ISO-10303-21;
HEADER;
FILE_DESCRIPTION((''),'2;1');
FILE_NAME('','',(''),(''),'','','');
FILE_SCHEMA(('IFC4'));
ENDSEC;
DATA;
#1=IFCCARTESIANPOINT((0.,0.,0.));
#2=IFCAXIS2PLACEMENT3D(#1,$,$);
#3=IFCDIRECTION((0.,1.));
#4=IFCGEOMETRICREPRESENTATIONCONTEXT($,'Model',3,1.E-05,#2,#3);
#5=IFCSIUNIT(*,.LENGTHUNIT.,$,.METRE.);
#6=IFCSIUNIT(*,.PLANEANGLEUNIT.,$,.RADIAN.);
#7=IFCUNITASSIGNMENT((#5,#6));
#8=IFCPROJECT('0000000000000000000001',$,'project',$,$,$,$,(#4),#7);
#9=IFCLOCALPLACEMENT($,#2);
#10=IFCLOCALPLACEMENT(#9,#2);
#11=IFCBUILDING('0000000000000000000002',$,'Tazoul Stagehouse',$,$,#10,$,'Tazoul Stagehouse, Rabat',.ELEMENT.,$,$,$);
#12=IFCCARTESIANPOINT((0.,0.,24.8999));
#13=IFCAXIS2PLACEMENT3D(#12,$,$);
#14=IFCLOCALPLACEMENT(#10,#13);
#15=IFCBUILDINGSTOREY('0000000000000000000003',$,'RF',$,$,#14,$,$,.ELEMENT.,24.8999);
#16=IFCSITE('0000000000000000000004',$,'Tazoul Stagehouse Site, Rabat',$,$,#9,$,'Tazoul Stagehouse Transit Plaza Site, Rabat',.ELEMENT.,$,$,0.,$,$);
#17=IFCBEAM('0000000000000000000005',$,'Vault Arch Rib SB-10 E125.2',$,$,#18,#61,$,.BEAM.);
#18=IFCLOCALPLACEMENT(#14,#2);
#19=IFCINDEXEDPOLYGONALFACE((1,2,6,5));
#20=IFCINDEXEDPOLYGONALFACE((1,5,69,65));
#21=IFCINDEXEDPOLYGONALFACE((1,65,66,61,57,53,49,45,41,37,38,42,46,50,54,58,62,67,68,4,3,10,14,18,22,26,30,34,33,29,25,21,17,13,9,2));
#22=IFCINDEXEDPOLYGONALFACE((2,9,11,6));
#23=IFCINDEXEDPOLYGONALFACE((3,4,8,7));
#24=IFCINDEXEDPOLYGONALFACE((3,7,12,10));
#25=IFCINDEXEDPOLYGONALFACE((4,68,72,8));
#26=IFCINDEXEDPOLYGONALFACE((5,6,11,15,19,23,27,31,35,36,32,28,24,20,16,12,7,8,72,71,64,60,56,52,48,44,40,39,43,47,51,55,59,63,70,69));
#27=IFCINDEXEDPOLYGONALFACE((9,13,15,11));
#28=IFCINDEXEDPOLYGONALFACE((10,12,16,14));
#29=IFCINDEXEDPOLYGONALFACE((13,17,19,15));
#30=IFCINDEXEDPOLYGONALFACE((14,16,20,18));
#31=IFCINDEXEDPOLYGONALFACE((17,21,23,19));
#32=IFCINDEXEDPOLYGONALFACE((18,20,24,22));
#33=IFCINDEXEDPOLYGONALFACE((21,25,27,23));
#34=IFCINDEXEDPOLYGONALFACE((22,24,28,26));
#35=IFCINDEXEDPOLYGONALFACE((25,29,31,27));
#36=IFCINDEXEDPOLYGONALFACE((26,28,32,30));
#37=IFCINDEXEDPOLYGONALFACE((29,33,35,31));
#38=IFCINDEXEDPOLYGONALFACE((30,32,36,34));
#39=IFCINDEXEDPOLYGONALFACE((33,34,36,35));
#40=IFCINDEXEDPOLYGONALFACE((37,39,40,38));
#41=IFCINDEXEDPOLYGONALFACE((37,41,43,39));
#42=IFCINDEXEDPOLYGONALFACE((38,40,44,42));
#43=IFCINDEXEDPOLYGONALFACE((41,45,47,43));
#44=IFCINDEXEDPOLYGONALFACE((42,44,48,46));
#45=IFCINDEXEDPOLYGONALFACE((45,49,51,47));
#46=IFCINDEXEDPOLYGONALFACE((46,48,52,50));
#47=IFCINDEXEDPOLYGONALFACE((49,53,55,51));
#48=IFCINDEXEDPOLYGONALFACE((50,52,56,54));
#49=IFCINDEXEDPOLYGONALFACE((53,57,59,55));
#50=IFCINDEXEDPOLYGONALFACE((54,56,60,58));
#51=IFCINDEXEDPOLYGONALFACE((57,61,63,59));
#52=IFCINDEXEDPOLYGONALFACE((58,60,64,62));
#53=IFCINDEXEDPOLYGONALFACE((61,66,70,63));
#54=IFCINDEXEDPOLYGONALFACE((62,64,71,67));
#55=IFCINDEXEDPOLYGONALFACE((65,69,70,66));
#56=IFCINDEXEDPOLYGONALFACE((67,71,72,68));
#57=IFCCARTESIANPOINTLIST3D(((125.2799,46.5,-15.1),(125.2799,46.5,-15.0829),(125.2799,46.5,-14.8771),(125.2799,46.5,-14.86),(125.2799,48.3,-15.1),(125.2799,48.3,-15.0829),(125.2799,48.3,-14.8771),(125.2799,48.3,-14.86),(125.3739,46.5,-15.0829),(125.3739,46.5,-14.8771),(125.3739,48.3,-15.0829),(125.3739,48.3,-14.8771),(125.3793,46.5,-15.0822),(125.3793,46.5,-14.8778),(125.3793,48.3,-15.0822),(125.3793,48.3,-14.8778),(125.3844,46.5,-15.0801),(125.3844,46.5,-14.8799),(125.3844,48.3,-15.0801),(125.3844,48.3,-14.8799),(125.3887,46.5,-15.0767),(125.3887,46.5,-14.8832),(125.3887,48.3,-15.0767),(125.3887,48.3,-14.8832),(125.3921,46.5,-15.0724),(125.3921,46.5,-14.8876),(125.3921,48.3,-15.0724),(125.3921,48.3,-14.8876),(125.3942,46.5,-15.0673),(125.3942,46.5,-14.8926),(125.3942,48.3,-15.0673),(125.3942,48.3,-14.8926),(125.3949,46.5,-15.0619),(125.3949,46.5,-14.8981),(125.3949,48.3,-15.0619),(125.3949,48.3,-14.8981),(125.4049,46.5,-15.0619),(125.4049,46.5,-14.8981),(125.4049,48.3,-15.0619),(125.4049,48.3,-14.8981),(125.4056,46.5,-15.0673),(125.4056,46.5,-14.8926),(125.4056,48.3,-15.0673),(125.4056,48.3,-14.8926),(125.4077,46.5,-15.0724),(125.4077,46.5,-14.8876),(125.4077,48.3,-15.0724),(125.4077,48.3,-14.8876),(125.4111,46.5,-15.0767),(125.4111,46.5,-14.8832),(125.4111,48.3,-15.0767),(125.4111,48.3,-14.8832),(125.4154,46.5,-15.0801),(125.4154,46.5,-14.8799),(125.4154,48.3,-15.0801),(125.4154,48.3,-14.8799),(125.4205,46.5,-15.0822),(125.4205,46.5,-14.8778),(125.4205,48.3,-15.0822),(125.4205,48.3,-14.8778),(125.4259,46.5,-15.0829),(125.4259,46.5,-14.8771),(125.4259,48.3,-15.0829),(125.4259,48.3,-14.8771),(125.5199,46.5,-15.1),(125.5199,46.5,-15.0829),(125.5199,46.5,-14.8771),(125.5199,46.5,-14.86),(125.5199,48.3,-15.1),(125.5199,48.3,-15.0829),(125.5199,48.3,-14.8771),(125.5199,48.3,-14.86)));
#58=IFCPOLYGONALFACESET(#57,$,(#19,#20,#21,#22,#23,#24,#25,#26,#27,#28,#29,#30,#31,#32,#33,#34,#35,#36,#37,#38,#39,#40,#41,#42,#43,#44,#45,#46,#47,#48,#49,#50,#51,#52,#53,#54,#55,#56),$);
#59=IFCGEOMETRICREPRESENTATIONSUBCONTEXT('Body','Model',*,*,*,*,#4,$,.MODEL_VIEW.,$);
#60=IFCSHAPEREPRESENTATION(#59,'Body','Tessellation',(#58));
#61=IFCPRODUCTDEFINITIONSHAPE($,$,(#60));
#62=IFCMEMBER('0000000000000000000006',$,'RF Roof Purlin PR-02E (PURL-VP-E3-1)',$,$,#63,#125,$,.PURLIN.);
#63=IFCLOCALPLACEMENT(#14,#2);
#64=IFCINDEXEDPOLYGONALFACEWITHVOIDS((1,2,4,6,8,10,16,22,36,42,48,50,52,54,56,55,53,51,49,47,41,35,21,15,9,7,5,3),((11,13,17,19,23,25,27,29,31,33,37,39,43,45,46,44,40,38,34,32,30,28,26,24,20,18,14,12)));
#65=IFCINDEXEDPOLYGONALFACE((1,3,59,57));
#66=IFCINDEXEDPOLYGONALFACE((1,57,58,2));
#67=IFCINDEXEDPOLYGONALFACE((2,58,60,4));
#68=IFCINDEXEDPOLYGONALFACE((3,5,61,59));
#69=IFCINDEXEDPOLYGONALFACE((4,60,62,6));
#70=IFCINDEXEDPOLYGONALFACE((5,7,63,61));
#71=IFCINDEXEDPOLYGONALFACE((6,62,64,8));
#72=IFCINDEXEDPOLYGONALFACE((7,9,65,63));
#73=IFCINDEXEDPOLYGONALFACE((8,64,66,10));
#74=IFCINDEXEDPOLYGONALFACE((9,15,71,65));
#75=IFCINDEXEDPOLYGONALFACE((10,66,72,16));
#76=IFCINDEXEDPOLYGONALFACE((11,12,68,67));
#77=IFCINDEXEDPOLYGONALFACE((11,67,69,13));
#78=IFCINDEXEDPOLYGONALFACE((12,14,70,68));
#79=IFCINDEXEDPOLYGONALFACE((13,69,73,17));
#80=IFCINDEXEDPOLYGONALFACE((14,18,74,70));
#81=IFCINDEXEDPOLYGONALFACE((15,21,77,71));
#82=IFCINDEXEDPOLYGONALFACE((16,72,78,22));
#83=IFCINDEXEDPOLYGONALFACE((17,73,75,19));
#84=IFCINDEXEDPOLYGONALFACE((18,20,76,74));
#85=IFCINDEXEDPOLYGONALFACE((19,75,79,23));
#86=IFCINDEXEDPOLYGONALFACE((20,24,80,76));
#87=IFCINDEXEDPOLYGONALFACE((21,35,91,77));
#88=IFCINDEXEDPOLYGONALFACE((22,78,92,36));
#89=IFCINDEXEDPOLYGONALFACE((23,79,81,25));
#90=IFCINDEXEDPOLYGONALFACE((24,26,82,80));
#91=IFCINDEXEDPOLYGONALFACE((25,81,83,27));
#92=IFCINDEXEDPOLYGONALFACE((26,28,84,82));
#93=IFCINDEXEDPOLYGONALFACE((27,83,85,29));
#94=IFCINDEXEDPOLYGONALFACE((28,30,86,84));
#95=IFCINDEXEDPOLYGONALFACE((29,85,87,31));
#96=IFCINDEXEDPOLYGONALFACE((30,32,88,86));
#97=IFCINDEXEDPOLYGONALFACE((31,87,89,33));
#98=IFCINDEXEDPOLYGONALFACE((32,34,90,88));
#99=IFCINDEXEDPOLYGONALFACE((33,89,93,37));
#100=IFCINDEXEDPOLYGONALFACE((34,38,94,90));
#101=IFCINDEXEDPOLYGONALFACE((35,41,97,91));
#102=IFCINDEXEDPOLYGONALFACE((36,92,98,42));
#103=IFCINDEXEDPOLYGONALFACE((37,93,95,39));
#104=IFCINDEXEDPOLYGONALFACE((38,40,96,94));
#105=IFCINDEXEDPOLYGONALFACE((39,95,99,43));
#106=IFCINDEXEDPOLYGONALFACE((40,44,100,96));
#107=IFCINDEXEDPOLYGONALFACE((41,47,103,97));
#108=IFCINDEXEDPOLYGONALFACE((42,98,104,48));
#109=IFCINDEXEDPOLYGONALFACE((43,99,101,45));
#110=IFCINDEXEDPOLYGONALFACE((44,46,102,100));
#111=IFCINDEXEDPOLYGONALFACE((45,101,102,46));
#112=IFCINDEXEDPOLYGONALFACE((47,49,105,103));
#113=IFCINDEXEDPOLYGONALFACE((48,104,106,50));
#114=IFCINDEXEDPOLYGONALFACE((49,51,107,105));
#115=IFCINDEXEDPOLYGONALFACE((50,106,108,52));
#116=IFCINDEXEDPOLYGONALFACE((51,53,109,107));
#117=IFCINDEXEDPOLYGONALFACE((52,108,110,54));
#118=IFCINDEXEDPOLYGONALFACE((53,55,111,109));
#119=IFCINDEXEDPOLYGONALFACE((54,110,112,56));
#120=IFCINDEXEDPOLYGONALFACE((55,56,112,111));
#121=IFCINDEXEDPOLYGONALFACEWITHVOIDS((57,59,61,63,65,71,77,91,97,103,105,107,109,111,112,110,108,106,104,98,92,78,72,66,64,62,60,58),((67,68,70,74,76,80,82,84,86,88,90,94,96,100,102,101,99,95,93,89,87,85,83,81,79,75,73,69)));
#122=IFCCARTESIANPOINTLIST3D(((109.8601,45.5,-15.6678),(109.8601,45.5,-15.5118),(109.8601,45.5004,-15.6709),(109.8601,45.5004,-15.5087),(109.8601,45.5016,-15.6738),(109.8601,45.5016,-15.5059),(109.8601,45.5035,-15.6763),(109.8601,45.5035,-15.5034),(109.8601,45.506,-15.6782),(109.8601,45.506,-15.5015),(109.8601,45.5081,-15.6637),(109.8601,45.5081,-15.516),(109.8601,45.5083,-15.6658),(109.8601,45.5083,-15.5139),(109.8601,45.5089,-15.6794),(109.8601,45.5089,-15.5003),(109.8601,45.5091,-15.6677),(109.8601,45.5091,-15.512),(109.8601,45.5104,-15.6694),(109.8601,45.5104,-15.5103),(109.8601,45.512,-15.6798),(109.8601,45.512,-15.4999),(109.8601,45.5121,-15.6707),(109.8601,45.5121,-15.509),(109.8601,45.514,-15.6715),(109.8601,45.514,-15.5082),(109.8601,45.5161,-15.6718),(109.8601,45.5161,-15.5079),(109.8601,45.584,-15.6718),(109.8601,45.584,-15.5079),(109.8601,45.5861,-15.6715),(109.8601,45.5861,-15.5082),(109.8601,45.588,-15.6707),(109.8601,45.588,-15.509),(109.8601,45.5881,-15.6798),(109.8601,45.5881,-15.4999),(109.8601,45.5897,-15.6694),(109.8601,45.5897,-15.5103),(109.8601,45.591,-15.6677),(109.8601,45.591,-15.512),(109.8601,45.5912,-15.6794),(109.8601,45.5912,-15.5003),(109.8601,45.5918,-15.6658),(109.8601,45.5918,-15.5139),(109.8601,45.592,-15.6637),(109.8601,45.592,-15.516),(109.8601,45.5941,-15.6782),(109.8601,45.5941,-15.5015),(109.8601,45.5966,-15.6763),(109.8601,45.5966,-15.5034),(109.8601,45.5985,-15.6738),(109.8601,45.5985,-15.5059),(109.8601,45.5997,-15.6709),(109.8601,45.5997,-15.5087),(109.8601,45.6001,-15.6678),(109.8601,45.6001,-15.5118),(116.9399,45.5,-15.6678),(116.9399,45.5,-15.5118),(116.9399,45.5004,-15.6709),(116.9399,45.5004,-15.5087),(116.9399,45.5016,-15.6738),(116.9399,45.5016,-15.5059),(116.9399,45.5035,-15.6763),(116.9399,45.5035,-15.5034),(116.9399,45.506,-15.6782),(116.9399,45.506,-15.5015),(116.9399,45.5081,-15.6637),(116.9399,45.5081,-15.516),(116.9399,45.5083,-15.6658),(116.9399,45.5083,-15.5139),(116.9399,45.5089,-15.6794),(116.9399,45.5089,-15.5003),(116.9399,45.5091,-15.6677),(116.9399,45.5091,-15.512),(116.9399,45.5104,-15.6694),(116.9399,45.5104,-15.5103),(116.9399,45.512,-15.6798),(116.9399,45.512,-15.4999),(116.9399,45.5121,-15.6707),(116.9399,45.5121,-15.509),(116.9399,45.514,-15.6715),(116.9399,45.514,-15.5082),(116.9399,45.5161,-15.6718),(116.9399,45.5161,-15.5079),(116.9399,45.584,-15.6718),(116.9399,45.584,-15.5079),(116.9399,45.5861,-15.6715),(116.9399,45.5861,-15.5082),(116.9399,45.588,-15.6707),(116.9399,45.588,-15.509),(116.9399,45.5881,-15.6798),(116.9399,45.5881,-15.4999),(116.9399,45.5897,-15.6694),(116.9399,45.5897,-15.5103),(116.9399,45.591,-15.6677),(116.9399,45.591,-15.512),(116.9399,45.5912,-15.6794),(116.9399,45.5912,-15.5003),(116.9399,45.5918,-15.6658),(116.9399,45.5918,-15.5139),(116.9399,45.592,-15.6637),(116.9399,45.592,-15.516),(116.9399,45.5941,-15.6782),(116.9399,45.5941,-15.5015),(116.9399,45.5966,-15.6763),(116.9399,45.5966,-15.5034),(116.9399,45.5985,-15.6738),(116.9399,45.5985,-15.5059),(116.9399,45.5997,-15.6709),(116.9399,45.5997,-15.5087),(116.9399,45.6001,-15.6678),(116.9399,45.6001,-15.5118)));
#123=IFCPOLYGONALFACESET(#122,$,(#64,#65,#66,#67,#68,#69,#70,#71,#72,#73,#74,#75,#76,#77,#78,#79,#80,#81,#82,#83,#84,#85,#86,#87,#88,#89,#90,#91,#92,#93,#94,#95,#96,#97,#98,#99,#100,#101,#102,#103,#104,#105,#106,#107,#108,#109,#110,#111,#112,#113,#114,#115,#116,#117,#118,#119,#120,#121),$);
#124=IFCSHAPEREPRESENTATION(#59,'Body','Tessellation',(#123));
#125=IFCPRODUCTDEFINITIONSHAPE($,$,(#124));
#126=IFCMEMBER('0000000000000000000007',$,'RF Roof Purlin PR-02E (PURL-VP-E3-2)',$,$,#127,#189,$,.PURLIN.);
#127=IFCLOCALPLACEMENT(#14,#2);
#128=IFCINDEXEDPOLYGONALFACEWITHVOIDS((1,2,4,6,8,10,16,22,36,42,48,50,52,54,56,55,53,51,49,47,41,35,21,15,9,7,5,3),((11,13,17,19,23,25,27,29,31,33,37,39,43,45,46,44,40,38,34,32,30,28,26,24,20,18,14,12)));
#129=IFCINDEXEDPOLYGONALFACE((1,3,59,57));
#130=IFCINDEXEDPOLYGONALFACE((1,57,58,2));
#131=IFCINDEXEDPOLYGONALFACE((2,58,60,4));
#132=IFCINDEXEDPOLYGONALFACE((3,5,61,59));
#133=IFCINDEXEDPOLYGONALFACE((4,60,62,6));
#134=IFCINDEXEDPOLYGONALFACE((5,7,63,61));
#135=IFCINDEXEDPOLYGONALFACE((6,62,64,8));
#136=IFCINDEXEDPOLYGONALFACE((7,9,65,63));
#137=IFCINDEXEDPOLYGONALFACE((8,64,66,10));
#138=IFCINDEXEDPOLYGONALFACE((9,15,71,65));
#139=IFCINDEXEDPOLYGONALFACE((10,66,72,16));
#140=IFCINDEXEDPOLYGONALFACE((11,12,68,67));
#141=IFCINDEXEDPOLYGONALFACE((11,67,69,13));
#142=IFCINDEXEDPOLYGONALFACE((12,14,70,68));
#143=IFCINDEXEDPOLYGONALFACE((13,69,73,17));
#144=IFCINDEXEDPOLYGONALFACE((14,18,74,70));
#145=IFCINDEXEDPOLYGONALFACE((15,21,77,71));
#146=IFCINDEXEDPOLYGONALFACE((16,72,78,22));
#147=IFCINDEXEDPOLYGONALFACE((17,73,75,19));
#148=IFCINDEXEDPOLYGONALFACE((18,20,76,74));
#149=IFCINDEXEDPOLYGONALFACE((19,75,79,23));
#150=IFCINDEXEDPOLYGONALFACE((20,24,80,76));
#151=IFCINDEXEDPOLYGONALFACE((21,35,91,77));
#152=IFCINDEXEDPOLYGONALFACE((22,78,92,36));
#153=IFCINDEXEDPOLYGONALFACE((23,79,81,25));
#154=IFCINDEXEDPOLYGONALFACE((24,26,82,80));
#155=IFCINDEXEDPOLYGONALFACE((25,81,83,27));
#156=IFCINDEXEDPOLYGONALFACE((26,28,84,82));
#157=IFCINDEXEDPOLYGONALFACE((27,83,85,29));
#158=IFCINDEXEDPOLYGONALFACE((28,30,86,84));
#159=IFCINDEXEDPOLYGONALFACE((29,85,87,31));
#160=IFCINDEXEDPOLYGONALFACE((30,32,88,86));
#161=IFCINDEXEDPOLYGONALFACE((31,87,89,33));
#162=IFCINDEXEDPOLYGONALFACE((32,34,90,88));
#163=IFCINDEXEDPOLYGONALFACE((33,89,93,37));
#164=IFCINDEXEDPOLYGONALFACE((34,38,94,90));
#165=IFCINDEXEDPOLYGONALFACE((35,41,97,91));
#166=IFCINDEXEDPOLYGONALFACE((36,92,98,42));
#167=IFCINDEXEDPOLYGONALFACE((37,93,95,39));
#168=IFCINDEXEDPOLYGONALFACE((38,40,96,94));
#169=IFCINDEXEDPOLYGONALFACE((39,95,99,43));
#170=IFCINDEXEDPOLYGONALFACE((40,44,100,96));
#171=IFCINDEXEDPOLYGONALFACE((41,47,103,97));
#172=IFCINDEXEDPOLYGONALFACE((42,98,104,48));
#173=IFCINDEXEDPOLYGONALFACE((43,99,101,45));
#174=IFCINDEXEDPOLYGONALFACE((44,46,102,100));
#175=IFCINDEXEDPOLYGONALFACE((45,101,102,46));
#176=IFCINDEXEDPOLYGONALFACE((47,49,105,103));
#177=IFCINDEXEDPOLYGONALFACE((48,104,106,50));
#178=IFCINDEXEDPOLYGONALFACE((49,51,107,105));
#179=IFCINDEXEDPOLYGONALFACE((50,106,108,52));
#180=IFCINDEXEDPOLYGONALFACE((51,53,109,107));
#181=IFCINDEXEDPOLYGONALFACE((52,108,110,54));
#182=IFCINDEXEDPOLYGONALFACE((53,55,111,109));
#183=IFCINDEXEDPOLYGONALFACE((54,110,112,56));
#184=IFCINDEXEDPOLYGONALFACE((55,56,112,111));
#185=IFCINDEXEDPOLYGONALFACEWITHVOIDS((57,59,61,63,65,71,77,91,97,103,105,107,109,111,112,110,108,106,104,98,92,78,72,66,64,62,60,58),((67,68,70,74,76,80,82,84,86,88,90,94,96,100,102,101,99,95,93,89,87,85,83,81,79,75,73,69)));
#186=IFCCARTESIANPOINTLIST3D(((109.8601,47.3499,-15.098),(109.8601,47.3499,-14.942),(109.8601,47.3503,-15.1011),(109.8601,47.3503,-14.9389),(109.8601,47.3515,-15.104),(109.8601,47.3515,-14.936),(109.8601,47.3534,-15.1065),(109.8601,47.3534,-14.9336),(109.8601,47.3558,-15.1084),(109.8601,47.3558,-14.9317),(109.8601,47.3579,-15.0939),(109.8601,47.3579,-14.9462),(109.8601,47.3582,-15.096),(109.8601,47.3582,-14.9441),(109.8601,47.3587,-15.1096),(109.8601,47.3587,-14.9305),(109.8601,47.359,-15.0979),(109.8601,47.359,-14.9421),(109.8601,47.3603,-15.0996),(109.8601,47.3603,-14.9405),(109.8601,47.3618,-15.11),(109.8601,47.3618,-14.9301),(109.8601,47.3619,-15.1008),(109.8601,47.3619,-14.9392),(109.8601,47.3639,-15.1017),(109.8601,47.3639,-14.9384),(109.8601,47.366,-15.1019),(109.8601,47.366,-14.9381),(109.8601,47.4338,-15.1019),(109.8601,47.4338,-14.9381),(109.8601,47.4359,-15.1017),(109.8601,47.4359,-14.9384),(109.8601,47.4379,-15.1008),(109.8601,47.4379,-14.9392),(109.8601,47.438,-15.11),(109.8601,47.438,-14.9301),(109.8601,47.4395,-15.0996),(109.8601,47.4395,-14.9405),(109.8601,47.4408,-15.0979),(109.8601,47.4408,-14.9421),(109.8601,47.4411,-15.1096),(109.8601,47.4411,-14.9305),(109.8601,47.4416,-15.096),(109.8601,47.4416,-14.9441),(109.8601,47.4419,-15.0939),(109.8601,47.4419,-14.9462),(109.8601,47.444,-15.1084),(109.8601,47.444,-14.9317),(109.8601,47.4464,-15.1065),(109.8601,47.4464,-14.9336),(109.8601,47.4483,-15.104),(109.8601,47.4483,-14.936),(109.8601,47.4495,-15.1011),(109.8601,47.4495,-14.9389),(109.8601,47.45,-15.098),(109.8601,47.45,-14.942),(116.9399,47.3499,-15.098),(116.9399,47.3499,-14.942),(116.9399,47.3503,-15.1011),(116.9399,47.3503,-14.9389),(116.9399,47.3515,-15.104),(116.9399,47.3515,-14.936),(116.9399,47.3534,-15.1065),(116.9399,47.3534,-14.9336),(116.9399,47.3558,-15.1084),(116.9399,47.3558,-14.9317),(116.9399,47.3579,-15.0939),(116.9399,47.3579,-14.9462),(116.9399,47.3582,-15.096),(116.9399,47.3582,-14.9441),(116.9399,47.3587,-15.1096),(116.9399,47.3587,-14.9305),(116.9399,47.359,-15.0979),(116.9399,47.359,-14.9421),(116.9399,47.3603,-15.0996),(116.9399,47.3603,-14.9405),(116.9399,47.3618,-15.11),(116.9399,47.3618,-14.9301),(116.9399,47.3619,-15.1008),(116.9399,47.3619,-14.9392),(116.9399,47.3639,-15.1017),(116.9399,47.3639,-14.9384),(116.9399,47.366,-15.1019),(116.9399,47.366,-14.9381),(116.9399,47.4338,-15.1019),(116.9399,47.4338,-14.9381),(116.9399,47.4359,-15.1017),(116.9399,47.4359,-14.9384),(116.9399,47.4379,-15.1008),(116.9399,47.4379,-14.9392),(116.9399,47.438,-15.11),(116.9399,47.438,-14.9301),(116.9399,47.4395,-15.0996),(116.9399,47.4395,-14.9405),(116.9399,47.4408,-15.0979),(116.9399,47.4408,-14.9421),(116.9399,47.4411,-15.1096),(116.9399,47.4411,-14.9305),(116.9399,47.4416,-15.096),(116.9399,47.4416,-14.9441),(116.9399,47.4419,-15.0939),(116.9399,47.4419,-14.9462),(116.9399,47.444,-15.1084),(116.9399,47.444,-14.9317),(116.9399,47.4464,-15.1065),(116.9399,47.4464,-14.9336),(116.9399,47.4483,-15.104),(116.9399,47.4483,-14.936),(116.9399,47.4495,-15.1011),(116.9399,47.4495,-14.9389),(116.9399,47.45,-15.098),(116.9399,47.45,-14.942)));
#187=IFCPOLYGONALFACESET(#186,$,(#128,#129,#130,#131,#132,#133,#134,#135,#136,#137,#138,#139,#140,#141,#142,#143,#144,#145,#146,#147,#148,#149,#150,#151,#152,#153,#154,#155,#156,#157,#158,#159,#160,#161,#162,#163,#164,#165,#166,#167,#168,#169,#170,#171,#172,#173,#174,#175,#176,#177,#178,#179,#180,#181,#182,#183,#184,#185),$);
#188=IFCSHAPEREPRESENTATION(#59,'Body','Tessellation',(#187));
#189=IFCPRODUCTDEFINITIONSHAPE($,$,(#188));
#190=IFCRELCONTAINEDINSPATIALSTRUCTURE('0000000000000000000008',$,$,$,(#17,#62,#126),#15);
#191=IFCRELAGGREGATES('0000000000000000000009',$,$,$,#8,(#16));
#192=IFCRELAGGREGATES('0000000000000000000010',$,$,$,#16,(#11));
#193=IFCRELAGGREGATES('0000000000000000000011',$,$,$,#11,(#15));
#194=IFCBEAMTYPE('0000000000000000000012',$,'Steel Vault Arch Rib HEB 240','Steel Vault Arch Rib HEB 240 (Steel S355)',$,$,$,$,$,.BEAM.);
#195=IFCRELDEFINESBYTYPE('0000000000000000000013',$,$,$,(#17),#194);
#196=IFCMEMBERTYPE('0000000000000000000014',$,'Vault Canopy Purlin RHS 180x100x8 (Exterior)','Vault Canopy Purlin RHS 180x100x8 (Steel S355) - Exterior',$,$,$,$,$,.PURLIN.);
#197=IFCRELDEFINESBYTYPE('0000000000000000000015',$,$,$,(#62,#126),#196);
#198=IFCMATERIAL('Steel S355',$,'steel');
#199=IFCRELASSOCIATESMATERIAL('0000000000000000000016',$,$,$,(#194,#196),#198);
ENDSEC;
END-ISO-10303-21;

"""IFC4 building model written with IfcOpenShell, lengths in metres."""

from ifc_helpers import new_model, si_unit, direction, frame, origin, origin_2d, place, context, subcontext, project, spatial, hollow_rectangle, i_section, extrude, material, material_profile, profile_set, type_object, element, save


model = new_model("IFC4")

# Units and contexts
model_context = context("Model", 3, precision=1e-05, world=origin(), true_north=direction((0.0, 1.0)))
body_context = subcontext(model_context, "Body", "Model", "MODEL_VIEW")
ifc_project = project(units=[si_unit("LENGTHUNIT", "METRE"), si_unit("PLANEANGLEUNIT", "RADIAN")], contexts=[model_context])

# Site, building, storey
site_placement = place(None, origin())
site = spatial("IfcSite", under=ifc_project, at=site_placement, Name="Tazoul Stagehouse Site, Rabat", LongName="Tazoul Stagehouse Transit Plaza Site, Rabat", CompositionType="ELEMENT", RefElevation=0.0)
building_placement = place(site_placement, origin())
building = spatial("IfcBuilding", under=site, at=building_placement, Name="Tazoul Stagehouse", LongName="Tazoul Stagehouse, Rabat", CompositionType="ELEMENT")
storey_placement = place(building_placement, frame((0.0, 0.0, 24.8999)))
storey = spatial("IfcBuildingStorey", under=building, at=storey_placement, Name="RF", CompositionType="ELEMENT", Elevation=24.8999)

# Shared definitions
ifc_material_1 = material(Name="Steel S355", Category="steel")

# Beam
ifc_material_profile_1 = material_profile(ifc_material_1, i_section(OverallWidth=0.24, OverallDepth=0.24, WebThickness=0.01, FlangeThickness=0.0171, FilletRadius=0.021, at=origin_2d()), Name="HEB 240")
ifc_profile_set_1 = profile_set([ifc_material_profile_1], Name="Steel S355")
beam_type = type_object("IfcBeamType", Name="Steel Vault Arch Rib HEB 240", Description="Steel Vault Arch Rib HEB 240 (Steel S355)", PredefinedType="BEAM", material=ifc_profile_set_1)
beam_1_placement = place(storey_placement, frame((125.3999, 46.5, -14.98), z_axis=(0.0, 1.0, 0.0), x_axis=(-1.0, 0.0, 0.0)))
element("IfcBeam", 1, at=beam_1_placement, inside=storey, type_object=beam_type, Name="Vault Arch Rib SB-10 E125.2", PredefinedType="BEAM", context=body_context, shape_type="SweptSolid", body=[
    extrude(i_section(OverallWidth=0.24, OverallDepth=0.24, WebThickness=0.01, FlangeThickness=0.0171, FilletRadius=0.021, at=origin_2d()), origin(), (0.0, 0.0, 1.0), 1.8),
])

# Members
ifc_material_profile_2 = material_profile(ifc_material_1, hollow_rectangle(XDim=0.1001, YDim=0.1799, WallThickness=0.0081, InnerFilletRadius=0.0081, OuterFilletRadius=0.012, at=origin_2d()), Name="RHS 180x100x8")
ifc_profile_set_2 = profile_set([ifc_material_profile_2], Name="Steel S355")
member_type_1 = type_object("IfcMemberType", Name="Vault Canopy Purlin RHS 180x100x8 (Exterior)", Description="Vault Canopy Purlin RHS 180x100x8 (Steel S355) - Exterior", PredefinedType="PURLIN", material=ifc_profile_set_2)
for number, where, z_axis, x_axis, name in (
    (2, (109.8601, 45.55, -15.5898), (1.0, 0.0, 0.0), (0.0, 1.0, 0.0), "RF Roof Purlin PR-02E (PURL-VP-E3-1)"),
    (3, (109.8601, 47.3999, -15.02), (1.0, 0.0, 0.0), (0.0, 1.0, 0.0), "RF Roof Purlin PR-02E (PURL-VP-E3-2)"),
):
    element("IfcMember", number, at=place(storey_placement, frame(where, z_axis=z_axis, x_axis=x_axis)), inside=storey, type_object=member_type_1, Name=name, PredefinedType="PURLIN", context=body_context, shape_type="SweptSolid", body=[
        extrude(hollow_rectangle(XDim=0.1001, YDim=0.1799, WallThickness=0.0081, InnerFilletRadius=0.0081, OuterFilletRadius=0.012, at=origin_2d()), origin(), (0.0, 0.0, 1.0), 7.0798),
    ])

save(model, "model.ifc")
